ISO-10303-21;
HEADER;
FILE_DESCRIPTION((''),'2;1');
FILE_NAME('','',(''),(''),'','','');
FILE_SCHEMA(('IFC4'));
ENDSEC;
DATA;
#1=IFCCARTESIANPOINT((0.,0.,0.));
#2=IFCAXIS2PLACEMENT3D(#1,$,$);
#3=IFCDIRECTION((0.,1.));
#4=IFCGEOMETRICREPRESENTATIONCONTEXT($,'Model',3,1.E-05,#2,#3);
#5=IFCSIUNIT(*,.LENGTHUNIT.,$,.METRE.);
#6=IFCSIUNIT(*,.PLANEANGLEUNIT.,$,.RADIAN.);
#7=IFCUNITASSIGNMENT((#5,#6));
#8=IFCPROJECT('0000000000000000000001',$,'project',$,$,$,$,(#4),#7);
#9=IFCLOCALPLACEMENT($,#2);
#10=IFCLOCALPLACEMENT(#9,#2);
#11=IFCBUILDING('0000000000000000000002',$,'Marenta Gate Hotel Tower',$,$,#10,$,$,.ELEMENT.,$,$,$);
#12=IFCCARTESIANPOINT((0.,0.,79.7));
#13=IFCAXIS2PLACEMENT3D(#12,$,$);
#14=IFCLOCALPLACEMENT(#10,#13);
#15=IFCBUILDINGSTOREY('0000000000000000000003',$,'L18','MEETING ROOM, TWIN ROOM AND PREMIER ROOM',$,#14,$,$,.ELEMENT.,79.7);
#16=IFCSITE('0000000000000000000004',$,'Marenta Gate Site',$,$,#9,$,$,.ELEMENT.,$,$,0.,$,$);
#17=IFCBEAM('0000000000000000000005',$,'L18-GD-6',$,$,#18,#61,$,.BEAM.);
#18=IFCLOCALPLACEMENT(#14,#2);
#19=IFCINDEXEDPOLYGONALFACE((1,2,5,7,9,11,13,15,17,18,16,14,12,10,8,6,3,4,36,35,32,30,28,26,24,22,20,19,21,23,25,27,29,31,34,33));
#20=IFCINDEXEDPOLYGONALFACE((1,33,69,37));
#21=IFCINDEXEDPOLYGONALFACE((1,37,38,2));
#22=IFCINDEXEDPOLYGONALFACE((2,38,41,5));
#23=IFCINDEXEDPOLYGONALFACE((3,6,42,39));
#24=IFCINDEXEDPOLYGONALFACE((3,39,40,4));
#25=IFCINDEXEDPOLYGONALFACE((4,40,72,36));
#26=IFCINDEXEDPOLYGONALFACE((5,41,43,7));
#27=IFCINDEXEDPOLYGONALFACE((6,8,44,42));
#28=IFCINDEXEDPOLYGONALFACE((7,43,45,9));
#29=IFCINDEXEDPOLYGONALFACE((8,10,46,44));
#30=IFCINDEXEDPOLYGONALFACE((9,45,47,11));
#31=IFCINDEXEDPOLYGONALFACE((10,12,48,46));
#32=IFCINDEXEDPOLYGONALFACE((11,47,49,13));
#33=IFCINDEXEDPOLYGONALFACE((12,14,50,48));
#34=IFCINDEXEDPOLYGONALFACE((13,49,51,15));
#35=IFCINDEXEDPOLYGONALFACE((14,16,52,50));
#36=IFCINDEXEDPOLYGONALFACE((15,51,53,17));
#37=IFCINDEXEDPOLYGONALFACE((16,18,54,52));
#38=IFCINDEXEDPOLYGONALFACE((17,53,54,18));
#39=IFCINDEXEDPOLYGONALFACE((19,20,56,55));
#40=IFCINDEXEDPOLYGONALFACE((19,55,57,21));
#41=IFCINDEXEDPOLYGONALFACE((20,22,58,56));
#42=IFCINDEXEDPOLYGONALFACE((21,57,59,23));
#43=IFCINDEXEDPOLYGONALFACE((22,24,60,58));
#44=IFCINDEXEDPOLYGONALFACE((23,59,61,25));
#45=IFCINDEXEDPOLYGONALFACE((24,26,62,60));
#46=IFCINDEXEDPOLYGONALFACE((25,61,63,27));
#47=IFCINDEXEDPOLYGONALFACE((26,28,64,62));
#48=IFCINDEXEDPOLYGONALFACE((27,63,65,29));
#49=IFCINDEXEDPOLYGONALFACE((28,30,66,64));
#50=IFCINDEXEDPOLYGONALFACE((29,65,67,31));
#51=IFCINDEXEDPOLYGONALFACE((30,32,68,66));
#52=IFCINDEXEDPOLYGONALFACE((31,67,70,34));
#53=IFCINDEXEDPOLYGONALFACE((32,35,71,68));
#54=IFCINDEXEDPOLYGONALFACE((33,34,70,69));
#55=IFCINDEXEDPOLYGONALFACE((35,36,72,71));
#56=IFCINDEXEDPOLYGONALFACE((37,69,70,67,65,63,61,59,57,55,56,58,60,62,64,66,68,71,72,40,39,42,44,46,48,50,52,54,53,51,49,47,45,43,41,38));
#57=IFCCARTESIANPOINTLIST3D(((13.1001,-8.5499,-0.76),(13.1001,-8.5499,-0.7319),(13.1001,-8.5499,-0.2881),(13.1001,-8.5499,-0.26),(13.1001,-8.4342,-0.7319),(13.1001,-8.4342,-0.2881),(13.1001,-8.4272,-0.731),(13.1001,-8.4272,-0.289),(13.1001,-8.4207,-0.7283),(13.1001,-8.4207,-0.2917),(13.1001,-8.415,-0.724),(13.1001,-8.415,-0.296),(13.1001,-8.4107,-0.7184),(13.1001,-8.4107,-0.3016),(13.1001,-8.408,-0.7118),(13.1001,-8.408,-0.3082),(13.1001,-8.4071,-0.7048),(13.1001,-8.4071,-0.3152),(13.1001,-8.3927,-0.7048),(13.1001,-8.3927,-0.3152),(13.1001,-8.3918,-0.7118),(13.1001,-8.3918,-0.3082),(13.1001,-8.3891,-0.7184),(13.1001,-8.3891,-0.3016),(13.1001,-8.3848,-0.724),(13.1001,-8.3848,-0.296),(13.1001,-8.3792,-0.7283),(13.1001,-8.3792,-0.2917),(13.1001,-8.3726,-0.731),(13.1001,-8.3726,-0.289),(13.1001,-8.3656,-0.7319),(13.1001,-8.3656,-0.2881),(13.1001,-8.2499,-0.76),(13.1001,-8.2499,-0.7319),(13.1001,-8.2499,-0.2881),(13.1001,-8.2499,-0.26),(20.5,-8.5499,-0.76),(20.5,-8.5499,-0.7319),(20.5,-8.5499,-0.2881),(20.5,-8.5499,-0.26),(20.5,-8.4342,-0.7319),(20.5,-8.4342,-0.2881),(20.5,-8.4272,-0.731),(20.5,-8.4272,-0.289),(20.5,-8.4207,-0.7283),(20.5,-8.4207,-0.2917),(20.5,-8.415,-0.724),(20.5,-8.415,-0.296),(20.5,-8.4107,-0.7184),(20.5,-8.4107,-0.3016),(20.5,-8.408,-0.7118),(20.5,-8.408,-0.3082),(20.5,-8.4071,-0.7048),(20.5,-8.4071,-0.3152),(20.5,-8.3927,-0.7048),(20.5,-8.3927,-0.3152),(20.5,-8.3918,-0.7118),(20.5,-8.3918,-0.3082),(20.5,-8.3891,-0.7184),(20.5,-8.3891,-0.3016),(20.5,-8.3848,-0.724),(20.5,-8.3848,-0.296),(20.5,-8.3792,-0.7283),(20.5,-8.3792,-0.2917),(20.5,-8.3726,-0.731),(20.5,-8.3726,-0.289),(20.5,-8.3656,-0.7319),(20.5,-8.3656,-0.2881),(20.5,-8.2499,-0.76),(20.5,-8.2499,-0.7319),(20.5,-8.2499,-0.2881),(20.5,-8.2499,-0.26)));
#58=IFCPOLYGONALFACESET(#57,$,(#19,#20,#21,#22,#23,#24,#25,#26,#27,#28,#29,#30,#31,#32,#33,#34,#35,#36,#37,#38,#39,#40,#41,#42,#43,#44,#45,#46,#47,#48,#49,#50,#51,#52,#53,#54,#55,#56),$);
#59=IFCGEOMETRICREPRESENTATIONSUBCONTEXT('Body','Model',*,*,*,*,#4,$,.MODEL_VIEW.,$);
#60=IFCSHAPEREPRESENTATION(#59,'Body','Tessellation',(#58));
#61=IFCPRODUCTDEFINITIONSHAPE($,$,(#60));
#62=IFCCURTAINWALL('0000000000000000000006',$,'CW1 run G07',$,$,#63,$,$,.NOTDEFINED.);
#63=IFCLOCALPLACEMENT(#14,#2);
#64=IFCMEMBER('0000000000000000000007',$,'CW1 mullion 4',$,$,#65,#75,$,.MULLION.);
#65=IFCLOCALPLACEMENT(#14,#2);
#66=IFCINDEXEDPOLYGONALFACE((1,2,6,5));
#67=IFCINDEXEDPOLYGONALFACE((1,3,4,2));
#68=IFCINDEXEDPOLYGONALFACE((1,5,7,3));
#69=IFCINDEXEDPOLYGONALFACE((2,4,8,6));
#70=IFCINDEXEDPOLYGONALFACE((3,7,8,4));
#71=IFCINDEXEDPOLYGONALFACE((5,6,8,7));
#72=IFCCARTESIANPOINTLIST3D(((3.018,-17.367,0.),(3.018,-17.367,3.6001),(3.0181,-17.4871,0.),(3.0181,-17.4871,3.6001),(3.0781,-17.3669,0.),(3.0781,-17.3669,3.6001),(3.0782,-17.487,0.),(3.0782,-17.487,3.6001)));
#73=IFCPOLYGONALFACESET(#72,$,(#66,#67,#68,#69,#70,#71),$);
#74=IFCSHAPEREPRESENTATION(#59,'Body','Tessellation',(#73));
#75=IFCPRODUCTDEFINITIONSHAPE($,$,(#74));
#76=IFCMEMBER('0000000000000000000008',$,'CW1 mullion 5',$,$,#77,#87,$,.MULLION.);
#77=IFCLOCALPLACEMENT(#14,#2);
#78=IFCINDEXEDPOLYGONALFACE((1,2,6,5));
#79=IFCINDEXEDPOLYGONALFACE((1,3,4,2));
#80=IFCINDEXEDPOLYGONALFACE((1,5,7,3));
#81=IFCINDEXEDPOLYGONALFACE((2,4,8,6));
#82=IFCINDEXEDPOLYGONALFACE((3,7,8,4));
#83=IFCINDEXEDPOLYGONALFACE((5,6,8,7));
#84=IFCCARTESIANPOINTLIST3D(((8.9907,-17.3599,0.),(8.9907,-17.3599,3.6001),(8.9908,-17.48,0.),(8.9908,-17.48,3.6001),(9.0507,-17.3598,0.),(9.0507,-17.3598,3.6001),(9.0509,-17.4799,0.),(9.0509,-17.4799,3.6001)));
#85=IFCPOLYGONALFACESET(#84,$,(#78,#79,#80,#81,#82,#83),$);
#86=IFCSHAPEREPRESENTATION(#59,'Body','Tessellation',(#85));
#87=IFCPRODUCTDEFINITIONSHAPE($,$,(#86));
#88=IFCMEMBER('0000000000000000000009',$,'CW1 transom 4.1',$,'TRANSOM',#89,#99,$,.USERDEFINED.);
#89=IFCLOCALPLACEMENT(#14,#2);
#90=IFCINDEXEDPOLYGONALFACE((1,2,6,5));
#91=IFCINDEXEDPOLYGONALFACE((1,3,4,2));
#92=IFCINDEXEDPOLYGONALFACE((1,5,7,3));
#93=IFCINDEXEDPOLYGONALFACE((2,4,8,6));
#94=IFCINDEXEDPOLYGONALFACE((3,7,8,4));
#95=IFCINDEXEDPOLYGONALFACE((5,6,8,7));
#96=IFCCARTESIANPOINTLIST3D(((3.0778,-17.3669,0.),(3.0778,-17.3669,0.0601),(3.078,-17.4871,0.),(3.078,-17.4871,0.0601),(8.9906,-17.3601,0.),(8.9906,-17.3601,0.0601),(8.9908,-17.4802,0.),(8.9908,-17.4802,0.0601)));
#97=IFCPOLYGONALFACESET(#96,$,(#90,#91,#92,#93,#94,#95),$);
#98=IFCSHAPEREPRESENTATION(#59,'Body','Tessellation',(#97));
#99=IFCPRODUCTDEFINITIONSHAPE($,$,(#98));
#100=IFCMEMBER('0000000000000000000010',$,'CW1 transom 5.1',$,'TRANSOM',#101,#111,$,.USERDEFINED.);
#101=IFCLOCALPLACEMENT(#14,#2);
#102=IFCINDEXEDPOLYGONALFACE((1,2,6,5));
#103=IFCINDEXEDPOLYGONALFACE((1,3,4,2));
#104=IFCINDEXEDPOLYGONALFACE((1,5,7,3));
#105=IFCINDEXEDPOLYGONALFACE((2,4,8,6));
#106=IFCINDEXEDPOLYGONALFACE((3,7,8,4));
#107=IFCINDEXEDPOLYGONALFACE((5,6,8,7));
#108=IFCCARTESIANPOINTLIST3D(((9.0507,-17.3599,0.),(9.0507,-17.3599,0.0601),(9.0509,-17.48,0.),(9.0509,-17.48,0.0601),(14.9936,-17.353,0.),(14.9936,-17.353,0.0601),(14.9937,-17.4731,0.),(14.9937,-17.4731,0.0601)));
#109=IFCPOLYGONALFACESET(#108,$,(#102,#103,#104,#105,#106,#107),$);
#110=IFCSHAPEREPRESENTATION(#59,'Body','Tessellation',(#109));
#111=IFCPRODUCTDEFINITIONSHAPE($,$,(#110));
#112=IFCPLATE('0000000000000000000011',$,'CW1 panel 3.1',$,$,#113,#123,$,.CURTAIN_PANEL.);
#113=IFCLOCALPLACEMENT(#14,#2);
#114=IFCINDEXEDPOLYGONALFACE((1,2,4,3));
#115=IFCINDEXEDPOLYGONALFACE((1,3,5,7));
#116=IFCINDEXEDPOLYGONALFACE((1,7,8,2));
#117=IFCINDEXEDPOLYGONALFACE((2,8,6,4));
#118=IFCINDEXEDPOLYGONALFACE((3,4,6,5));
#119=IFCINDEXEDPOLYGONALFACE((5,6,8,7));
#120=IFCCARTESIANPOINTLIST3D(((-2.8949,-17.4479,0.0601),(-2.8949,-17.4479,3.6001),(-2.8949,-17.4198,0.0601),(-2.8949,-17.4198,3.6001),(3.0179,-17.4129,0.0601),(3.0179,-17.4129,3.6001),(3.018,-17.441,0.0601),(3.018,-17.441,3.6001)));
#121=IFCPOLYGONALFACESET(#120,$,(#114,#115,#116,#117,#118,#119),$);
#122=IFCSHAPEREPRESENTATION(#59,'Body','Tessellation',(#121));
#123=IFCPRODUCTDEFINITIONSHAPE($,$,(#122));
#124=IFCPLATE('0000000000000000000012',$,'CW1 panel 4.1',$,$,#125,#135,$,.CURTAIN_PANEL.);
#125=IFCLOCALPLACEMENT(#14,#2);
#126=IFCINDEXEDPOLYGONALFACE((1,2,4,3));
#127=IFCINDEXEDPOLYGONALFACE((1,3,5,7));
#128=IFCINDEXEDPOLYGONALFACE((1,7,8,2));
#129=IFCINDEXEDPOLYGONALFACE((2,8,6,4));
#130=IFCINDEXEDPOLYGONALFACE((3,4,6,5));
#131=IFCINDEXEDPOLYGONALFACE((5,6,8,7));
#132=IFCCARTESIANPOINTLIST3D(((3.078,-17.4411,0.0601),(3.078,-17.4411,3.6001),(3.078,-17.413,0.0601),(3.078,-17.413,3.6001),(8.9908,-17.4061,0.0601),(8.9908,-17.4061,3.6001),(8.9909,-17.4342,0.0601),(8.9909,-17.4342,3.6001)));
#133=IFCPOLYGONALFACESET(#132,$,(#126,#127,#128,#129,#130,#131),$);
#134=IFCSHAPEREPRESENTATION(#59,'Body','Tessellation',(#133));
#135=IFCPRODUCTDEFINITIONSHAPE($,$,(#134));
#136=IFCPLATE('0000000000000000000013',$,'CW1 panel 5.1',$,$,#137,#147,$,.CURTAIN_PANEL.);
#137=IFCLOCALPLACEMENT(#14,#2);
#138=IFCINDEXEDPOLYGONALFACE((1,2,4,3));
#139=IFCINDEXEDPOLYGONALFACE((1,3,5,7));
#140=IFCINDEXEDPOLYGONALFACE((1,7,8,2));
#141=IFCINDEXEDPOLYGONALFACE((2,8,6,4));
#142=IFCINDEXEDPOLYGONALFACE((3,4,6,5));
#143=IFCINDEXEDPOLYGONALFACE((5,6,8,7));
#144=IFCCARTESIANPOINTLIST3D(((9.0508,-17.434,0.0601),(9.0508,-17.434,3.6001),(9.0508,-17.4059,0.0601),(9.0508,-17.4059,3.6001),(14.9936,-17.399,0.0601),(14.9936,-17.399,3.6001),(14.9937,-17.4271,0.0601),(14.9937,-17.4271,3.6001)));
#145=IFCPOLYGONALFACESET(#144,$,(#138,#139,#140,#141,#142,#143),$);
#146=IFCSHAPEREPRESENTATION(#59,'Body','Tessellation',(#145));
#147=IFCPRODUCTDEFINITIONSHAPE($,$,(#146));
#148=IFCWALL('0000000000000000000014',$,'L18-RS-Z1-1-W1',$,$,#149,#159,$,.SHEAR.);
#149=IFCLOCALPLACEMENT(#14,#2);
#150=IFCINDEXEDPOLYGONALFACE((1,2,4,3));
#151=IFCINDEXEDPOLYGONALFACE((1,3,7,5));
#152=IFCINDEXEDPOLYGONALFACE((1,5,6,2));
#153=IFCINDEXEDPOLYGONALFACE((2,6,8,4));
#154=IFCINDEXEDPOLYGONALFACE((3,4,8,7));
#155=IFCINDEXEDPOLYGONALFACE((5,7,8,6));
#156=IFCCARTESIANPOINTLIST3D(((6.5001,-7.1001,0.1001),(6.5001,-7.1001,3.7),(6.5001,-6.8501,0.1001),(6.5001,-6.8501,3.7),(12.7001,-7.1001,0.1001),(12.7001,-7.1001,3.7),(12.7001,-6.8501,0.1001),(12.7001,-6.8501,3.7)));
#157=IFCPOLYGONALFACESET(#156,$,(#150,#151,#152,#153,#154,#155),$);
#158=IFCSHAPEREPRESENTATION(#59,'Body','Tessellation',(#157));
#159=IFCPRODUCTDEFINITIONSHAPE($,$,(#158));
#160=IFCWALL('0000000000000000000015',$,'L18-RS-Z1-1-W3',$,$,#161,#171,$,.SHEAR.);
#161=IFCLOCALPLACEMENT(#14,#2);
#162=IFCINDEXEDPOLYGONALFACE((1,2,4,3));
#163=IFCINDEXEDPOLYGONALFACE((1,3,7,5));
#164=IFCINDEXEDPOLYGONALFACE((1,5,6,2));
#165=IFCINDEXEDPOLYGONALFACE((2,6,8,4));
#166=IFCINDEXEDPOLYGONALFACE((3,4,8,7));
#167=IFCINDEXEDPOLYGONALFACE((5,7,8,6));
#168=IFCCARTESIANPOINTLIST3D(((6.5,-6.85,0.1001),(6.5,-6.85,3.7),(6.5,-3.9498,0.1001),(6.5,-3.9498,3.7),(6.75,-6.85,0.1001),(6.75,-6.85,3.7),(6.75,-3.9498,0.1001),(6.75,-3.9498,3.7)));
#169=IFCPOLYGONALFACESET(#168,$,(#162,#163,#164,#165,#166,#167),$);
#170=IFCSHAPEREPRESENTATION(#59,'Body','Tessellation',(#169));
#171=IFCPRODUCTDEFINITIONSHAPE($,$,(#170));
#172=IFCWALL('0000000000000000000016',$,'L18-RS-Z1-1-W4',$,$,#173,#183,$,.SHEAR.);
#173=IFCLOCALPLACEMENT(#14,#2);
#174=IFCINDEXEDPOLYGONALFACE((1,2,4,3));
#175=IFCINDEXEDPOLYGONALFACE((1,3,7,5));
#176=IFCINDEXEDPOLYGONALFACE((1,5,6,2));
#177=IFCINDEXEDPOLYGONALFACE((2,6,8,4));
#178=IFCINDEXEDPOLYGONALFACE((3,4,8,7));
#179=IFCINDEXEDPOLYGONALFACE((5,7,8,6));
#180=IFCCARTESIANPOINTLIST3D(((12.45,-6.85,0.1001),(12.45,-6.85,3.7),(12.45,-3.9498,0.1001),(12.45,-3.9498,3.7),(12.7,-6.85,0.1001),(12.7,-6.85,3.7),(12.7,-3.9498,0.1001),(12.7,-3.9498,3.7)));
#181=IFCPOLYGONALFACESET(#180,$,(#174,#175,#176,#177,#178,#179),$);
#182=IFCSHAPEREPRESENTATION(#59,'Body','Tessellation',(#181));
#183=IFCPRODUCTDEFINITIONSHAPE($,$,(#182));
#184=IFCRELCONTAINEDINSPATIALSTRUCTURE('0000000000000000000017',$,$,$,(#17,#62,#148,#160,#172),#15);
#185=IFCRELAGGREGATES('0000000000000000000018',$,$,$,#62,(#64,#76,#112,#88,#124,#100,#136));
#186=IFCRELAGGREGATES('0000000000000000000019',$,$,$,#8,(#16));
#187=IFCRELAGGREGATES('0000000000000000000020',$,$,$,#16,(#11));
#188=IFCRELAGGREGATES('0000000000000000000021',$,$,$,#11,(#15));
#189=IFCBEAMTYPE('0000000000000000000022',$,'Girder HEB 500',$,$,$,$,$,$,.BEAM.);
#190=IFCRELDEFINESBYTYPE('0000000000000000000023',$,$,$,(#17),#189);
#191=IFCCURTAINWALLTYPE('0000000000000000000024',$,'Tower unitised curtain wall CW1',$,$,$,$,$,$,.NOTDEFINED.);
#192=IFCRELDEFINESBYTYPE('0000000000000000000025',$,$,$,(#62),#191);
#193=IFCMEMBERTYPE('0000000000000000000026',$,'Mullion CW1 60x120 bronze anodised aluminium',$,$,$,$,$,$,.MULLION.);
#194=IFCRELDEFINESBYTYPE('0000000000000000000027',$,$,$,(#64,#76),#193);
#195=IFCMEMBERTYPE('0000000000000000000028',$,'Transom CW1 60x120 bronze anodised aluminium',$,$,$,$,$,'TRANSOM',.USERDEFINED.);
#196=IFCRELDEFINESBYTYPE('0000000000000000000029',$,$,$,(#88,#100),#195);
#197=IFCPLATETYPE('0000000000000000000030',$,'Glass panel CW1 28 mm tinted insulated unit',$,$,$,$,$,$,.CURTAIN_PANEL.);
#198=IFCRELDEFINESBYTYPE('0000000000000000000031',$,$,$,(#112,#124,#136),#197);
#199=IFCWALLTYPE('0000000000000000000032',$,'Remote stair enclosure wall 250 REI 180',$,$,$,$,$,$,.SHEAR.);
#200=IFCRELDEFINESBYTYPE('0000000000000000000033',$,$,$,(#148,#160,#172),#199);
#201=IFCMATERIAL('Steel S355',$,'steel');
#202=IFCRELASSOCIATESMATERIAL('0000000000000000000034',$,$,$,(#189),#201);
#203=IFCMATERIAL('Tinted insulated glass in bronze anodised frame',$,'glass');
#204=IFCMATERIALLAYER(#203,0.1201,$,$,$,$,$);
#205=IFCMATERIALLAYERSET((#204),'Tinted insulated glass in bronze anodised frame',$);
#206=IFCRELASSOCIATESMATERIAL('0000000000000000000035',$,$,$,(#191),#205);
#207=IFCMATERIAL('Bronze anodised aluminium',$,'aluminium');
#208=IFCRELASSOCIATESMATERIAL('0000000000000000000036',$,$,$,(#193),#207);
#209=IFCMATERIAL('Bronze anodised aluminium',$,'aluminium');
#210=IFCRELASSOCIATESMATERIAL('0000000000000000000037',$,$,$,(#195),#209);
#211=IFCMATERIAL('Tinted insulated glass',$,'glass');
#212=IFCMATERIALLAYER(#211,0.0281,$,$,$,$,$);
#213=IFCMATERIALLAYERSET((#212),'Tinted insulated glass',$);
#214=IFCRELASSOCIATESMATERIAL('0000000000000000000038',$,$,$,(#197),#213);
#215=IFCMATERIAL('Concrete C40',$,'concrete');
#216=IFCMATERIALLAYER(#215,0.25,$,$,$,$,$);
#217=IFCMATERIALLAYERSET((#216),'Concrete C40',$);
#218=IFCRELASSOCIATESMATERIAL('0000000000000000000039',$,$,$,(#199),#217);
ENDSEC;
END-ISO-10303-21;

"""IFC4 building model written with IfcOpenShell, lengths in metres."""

from ifc_helpers import new_model, si_unit, direction, frame, frame_2d, origin, origin_2d, place, context, subcontext, project, spatial, rectangle, i_section, extrude, material, layer, layer_set, material_profile, profile_set, type_object, element, aggregate, save


model = new_model("IFC4")

# Units and contexts
model_context = context("Model", 3, precision=1e-05, world=origin(), true_north=direction((0.0, 1.0)))
body_context = subcontext(model_context, "Body", "Model", "MODEL_VIEW")
ifc_project = project(units=[si_unit("LENGTHUNIT", "METRE"), si_unit("PLANEANGLEUNIT", "RADIAN")], contexts=[model_context])

# Site, building, storey
site_placement = place(None, origin())
site = spatial("IfcSite", under=ifc_project, at=site_placement, Name="Marenta Gate Site", CompositionType="ELEMENT", RefElevation=0.0)
building_placement = place(site_placement, origin())
building = spatial("IfcBuilding", under=site, at=building_placement, Name="Marenta Gate Hotel Tower", CompositionType="ELEMENT")
storey_placement = place(building_placement, frame((0.0, 0.0, 79.7)))
storey = spatial("IfcBuildingStorey", under=building, at=storey_placement, Name="L18", Description="MEETING ROOM, TWIN ROOM AND PREMIER ROOM", CompositionType="ELEMENT", Elevation=79.7)

# Beam
ifc_material_1 = material(Name="Steel S355", Category="steel")
ifc_material_profile_1 = material_profile(ifc_material_1, i_section(OverallWidth=0.3, OverallDepth=0.5, WebThickness=0.0144, FlangeThickness=0.0281, FilletRadius=0.0271, at=origin_2d()), Name="HEB 500")
ifc_profile_set_1 = profile_set([ifc_material_profile_1], Name="Steel S355")
beam_type_1 = type_object("IfcBeamType", Name="Girder HEB 500", PredefinedType="BEAM", material=ifc_profile_set_1)
beam_1_placement = place(storey_placement, frame((13.1001, -8.3999, -0.51), z_axis=(1.0, 0.0, 0.0), x_axis=(0.0, 1.0, 0.0)))
element("IfcBeam", 1, at=beam_1_placement, inside=storey, type_object=beam_type_1, Name="L18-GD-6", PredefinedType="BEAM", context=body_context, shape_type="SweptSolid", body=[
    extrude(i_section(OverallWidth=0.3, OverallDepth=0.5, WebThickness=0.0144, FlangeThickness=0.0281, FilletRadius=0.0271, at=origin_2d()), origin(), (0.0, 0.0, 1.0), 7.3999),
])

# Curtain wall, members, plates
ifc_material_2 = material(Name="Tinted insulated glass in bronze anodised frame", Category="glass")
ifc_layer_1 = layer(ifc_material_2, 0.1201)
ifc_layer_set_1 = layer_set([ifc_layer_1], Name="Tinted insulated glass in bronze anodised frame")
curtain_wall_type = type_object("IfcCurtainWallType", Name="Tower unitised curtain wall CW1", PredefinedType="NOTDEFINED", material=ifc_layer_set_1)
curtain_wall_placement = place(storey_placement, origin())
curtain_wall = element("IfcCurtainWall", 2, at=curtain_wall_placement, inside=storey, type_object=curtain_wall_type, Name="CW1 run G07", PredefinedType="NOTDEFINED")
ifc_material_3 = material(Name="Bronze anodised aluminium", Category="aluminium")
ifc_material_profile_2 = material_profile(ifc_material_3, rectangle(XDim=0.1201, YDim=0.0601, at=origin_2d()), Name="Mullion CW1 60x120 bronze anodised aluminium")
ifc_profile_set_2 = profile_set([ifc_material_profile_2], Name="Bronze anodised aluminium")
member_type_1 = type_object("IfcMemberType", Name="Mullion CW1 60x120 bronze anodised aluminium", PredefinedType="MULLION", material=ifc_profile_set_2)
member_1_placement = place(storey_placement, frame((3.0481, -17.427, 0.0), z_axis=(0.0, 0.0, 1.0), x_axis=(-0.001162, 0.999999, 0.0)))
member_1 = element("IfcMember", 3, at=member_1_placement, type_object=member_type_1, Name="CW1 mullion 4", PredefinedType="MULLION", context=body_context, shape_type="SweptSolid", body=[
    extrude(rectangle(XDim=0.1201, YDim=0.0601, at=origin_2d()), origin(), (0.0, 0.0, 1.0), 3.6001),
])
member_2_placement = place(storey_placement, frame((9.0208, -17.4199, 0.0), z_axis=(0.0, 0.0, 1.0), x_axis=(-0.001162, 0.999999, 0.0)))
member_2 = element("IfcMember", 4, at=member_2_placement, type_object=member_type_1, Name="CW1 mullion 5", PredefinedType="MULLION", context=body_context, shape_type="SweptSolid", body=[
    extrude(rectangle(XDim=0.1201, YDim=0.0601, at=origin_2d()), origin(), (0.0, 0.0, 1.0), 3.6001),
])
ifc_material_4 = material(Name="Bronze anodised aluminium", Category="aluminium")
ifc_material_profile_3 = material_profile(ifc_material_4, rectangle(XDim=0.1201, YDim=0.0601, at=origin_2d()), Name="Transom CW1 60x120 bronze anodised aluminium")
ifc_profile_set_3 = profile_set([ifc_material_profile_3], Name="Bronze anodised aluminium")
member_type_2 = type_object("IfcMemberType", Name="Transom CW1 60x120 bronze anodised aluminium", ElementType="TRANSOM", PredefinedType="USERDEFINED", material=ifc_profile_set_3)
member_3_placement = place(storey_placement, frame((3.0779, -17.427, 0.03), z_axis=(0.999999, 0.001156, 0.0), x_axis=(-0.001156, 0.999999, 0.0)))
member_3 = element("IfcMember", 5, at=member_3_placement, type_object=member_type_2, Name="CW1 transom 4.1", ObjectType="TRANSOM", PredefinedType="USERDEFINED", context=body_context, shape_type="SweptSolid", body=[
    extrude(rectangle(XDim=0.1201, YDim=0.0601, at=origin_2d()), origin(), (0.0, 0.0, 1.0), 5.9128),
])
member_4_placement = place(storey_placement, frame((9.0508, -17.4199, 0.03), z_axis=(0.999999, 0.00115, 0.0), x_axis=(-0.00115, 0.999999, 0.0)))
member_4 = element("IfcMember", 6, at=member_4_placement, type_object=member_type_2, Name="CW1 transom 5.1", ObjectType="TRANSOM", PredefinedType="USERDEFINED", context=body_context, shape_type="SweptSolid", body=[
    extrude(rectangle(XDim=0.1201, YDim=0.0601, at=origin_2d()), origin(), (0.0, 0.0, 1.0), 5.9429),
])
ifc_material_5 = material(Name="Tinted insulated glass", Category="glass")
ifc_layer_2 = layer(ifc_material_5, 0.0281)
ifc_layer_set_2 = layer_set([ifc_layer_2], Name="Tinted insulated glass")
plate_type = type_object("IfcPlateType", Name="Glass panel CW1 28 mm tinted insulated unit", PredefinedType="CURTAIN_PANEL", material=ifc_layer_set_2)
plate_1_placement = place(storey_placement, frame((0.0615, -17.4304, 0.0601), z_axis=(0.0, 0.0, 1.0), x_axis=(0.999999, 0.001162, 0.0)))
plate_1 = element("IfcPlate", 7, at=plate_1_placement, type_object=plate_type, Name="CW1 panel 3.1", PredefinedType="CURTAIN_PANEL", context=body_context, shape_type="SweptSolid", body=[
    extrude(rectangle(XDim=5.9128, YDim=0.0281, at=origin_2d()), origin(), (0.0, 0.0, 1.0), 3.54),
])
plate_2_placement = place(storey_placement, frame((6.0344, -17.4236, 0.0601), z_axis=(0.0, 0.0, 1.0), x_axis=(0.999999, 0.001162, 0.0)))
plate_2 = element("IfcPlate", 8, at=plate_2_placement, type_object=plate_type, Name="CW1 panel 4.1", PredefinedType="CURTAIN_PANEL", context=body_context, shape_type="SweptSolid", body=[
    extrude(rectangle(XDim=5.9128, YDim=0.0281, at=origin_2d()), origin(), (0.0, 0.0, 1.0), 3.54),
])
plate_3_placement = place(storey_placement, frame((12.0222, -17.4165, 0.0601), z_axis=(0.0, 0.0, 1.0), x_axis=(0.999999, 0.001162, 0.0)))
plate_3 = element("IfcPlate", 9, at=plate_3_placement, type_object=plate_type, Name="CW1 panel 5.1", PredefinedType="CURTAIN_PANEL", context=body_context, shape_type="SweptSolid", body=[
    extrude(rectangle(XDim=5.9429, YDim=0.0281, at=origin_2d()), origin(), (0.0, 0.0, 1.0), 3.54),
])
aggregate(curtain_wall, [member_1, member_2, plate_1, member_3, plate_2, member_4, plate_3])

# Walls
ifc_material_6 = material(Name="Concrete C40", Category="concrete")
ifc_layer_3 = layer(ifc_material_6, 0.25)
ifc_layer_set_3 = layer_set([ifc_layer_3], Name="Concrete C40")
wall_type_1 = type_object("IfcWallType", Name="Remote stair enclosure wall 250 REI 180", PredefinedType="SHEAR", material=ifc_layer_set_3)
wall_1_placement = place(storey_placement, frame((6.5, -6.9751, 0.1001), z_axis=(0.0, 0.0, 1.0), x_axis=(1.0, 0.0, 0.0)))
element("IfcWall", 10, at=wall_1_placement, inside=storey, type_object=wall_type_1, Name="L18-RS-Z1-1-W1", PredefinedType="SHEAR", context=body_context, shape_type="SweptSolid", body=[
    extrude(rectangle(XDim=6.2, YDim=0.25, at=frame_2d((3.1001, 0.0))), origin(), (0.0, 0.0, 1.0), 3.5999),
])
for number, where, z_axis, x_axis, name in (
    (11, (6.625, -6.8501, 0.1001), (0.0, 0.0, 1.0), (0.0, 1.0, 0.0), "L18-RS-Z1-1-W3"),
    (12, (12.575, -6.8501, 0.1001), (0.0, 0.0, 1.0), (0.0, 1.0, 0.0), "L18-RS-Z1-1-W4"),
):
    element("IfcWall", number, at=place(storey_placement, frame(where, z_axis=z_axis, x_axis=x_axis)), inside=storey, type_object=wall_type_1, Name=name, PredefinedType="SHEAR", context=body_context, shape_type="SweptSolid", body=[
        extrude(rectangle(XDim=2.9001, YDim=0.25, at=frame_2d((1.4502, 0.0))), origin(), (0.0, 0.0, 1.0), 3.5999),
    ])

save(model, "model.ifc")
